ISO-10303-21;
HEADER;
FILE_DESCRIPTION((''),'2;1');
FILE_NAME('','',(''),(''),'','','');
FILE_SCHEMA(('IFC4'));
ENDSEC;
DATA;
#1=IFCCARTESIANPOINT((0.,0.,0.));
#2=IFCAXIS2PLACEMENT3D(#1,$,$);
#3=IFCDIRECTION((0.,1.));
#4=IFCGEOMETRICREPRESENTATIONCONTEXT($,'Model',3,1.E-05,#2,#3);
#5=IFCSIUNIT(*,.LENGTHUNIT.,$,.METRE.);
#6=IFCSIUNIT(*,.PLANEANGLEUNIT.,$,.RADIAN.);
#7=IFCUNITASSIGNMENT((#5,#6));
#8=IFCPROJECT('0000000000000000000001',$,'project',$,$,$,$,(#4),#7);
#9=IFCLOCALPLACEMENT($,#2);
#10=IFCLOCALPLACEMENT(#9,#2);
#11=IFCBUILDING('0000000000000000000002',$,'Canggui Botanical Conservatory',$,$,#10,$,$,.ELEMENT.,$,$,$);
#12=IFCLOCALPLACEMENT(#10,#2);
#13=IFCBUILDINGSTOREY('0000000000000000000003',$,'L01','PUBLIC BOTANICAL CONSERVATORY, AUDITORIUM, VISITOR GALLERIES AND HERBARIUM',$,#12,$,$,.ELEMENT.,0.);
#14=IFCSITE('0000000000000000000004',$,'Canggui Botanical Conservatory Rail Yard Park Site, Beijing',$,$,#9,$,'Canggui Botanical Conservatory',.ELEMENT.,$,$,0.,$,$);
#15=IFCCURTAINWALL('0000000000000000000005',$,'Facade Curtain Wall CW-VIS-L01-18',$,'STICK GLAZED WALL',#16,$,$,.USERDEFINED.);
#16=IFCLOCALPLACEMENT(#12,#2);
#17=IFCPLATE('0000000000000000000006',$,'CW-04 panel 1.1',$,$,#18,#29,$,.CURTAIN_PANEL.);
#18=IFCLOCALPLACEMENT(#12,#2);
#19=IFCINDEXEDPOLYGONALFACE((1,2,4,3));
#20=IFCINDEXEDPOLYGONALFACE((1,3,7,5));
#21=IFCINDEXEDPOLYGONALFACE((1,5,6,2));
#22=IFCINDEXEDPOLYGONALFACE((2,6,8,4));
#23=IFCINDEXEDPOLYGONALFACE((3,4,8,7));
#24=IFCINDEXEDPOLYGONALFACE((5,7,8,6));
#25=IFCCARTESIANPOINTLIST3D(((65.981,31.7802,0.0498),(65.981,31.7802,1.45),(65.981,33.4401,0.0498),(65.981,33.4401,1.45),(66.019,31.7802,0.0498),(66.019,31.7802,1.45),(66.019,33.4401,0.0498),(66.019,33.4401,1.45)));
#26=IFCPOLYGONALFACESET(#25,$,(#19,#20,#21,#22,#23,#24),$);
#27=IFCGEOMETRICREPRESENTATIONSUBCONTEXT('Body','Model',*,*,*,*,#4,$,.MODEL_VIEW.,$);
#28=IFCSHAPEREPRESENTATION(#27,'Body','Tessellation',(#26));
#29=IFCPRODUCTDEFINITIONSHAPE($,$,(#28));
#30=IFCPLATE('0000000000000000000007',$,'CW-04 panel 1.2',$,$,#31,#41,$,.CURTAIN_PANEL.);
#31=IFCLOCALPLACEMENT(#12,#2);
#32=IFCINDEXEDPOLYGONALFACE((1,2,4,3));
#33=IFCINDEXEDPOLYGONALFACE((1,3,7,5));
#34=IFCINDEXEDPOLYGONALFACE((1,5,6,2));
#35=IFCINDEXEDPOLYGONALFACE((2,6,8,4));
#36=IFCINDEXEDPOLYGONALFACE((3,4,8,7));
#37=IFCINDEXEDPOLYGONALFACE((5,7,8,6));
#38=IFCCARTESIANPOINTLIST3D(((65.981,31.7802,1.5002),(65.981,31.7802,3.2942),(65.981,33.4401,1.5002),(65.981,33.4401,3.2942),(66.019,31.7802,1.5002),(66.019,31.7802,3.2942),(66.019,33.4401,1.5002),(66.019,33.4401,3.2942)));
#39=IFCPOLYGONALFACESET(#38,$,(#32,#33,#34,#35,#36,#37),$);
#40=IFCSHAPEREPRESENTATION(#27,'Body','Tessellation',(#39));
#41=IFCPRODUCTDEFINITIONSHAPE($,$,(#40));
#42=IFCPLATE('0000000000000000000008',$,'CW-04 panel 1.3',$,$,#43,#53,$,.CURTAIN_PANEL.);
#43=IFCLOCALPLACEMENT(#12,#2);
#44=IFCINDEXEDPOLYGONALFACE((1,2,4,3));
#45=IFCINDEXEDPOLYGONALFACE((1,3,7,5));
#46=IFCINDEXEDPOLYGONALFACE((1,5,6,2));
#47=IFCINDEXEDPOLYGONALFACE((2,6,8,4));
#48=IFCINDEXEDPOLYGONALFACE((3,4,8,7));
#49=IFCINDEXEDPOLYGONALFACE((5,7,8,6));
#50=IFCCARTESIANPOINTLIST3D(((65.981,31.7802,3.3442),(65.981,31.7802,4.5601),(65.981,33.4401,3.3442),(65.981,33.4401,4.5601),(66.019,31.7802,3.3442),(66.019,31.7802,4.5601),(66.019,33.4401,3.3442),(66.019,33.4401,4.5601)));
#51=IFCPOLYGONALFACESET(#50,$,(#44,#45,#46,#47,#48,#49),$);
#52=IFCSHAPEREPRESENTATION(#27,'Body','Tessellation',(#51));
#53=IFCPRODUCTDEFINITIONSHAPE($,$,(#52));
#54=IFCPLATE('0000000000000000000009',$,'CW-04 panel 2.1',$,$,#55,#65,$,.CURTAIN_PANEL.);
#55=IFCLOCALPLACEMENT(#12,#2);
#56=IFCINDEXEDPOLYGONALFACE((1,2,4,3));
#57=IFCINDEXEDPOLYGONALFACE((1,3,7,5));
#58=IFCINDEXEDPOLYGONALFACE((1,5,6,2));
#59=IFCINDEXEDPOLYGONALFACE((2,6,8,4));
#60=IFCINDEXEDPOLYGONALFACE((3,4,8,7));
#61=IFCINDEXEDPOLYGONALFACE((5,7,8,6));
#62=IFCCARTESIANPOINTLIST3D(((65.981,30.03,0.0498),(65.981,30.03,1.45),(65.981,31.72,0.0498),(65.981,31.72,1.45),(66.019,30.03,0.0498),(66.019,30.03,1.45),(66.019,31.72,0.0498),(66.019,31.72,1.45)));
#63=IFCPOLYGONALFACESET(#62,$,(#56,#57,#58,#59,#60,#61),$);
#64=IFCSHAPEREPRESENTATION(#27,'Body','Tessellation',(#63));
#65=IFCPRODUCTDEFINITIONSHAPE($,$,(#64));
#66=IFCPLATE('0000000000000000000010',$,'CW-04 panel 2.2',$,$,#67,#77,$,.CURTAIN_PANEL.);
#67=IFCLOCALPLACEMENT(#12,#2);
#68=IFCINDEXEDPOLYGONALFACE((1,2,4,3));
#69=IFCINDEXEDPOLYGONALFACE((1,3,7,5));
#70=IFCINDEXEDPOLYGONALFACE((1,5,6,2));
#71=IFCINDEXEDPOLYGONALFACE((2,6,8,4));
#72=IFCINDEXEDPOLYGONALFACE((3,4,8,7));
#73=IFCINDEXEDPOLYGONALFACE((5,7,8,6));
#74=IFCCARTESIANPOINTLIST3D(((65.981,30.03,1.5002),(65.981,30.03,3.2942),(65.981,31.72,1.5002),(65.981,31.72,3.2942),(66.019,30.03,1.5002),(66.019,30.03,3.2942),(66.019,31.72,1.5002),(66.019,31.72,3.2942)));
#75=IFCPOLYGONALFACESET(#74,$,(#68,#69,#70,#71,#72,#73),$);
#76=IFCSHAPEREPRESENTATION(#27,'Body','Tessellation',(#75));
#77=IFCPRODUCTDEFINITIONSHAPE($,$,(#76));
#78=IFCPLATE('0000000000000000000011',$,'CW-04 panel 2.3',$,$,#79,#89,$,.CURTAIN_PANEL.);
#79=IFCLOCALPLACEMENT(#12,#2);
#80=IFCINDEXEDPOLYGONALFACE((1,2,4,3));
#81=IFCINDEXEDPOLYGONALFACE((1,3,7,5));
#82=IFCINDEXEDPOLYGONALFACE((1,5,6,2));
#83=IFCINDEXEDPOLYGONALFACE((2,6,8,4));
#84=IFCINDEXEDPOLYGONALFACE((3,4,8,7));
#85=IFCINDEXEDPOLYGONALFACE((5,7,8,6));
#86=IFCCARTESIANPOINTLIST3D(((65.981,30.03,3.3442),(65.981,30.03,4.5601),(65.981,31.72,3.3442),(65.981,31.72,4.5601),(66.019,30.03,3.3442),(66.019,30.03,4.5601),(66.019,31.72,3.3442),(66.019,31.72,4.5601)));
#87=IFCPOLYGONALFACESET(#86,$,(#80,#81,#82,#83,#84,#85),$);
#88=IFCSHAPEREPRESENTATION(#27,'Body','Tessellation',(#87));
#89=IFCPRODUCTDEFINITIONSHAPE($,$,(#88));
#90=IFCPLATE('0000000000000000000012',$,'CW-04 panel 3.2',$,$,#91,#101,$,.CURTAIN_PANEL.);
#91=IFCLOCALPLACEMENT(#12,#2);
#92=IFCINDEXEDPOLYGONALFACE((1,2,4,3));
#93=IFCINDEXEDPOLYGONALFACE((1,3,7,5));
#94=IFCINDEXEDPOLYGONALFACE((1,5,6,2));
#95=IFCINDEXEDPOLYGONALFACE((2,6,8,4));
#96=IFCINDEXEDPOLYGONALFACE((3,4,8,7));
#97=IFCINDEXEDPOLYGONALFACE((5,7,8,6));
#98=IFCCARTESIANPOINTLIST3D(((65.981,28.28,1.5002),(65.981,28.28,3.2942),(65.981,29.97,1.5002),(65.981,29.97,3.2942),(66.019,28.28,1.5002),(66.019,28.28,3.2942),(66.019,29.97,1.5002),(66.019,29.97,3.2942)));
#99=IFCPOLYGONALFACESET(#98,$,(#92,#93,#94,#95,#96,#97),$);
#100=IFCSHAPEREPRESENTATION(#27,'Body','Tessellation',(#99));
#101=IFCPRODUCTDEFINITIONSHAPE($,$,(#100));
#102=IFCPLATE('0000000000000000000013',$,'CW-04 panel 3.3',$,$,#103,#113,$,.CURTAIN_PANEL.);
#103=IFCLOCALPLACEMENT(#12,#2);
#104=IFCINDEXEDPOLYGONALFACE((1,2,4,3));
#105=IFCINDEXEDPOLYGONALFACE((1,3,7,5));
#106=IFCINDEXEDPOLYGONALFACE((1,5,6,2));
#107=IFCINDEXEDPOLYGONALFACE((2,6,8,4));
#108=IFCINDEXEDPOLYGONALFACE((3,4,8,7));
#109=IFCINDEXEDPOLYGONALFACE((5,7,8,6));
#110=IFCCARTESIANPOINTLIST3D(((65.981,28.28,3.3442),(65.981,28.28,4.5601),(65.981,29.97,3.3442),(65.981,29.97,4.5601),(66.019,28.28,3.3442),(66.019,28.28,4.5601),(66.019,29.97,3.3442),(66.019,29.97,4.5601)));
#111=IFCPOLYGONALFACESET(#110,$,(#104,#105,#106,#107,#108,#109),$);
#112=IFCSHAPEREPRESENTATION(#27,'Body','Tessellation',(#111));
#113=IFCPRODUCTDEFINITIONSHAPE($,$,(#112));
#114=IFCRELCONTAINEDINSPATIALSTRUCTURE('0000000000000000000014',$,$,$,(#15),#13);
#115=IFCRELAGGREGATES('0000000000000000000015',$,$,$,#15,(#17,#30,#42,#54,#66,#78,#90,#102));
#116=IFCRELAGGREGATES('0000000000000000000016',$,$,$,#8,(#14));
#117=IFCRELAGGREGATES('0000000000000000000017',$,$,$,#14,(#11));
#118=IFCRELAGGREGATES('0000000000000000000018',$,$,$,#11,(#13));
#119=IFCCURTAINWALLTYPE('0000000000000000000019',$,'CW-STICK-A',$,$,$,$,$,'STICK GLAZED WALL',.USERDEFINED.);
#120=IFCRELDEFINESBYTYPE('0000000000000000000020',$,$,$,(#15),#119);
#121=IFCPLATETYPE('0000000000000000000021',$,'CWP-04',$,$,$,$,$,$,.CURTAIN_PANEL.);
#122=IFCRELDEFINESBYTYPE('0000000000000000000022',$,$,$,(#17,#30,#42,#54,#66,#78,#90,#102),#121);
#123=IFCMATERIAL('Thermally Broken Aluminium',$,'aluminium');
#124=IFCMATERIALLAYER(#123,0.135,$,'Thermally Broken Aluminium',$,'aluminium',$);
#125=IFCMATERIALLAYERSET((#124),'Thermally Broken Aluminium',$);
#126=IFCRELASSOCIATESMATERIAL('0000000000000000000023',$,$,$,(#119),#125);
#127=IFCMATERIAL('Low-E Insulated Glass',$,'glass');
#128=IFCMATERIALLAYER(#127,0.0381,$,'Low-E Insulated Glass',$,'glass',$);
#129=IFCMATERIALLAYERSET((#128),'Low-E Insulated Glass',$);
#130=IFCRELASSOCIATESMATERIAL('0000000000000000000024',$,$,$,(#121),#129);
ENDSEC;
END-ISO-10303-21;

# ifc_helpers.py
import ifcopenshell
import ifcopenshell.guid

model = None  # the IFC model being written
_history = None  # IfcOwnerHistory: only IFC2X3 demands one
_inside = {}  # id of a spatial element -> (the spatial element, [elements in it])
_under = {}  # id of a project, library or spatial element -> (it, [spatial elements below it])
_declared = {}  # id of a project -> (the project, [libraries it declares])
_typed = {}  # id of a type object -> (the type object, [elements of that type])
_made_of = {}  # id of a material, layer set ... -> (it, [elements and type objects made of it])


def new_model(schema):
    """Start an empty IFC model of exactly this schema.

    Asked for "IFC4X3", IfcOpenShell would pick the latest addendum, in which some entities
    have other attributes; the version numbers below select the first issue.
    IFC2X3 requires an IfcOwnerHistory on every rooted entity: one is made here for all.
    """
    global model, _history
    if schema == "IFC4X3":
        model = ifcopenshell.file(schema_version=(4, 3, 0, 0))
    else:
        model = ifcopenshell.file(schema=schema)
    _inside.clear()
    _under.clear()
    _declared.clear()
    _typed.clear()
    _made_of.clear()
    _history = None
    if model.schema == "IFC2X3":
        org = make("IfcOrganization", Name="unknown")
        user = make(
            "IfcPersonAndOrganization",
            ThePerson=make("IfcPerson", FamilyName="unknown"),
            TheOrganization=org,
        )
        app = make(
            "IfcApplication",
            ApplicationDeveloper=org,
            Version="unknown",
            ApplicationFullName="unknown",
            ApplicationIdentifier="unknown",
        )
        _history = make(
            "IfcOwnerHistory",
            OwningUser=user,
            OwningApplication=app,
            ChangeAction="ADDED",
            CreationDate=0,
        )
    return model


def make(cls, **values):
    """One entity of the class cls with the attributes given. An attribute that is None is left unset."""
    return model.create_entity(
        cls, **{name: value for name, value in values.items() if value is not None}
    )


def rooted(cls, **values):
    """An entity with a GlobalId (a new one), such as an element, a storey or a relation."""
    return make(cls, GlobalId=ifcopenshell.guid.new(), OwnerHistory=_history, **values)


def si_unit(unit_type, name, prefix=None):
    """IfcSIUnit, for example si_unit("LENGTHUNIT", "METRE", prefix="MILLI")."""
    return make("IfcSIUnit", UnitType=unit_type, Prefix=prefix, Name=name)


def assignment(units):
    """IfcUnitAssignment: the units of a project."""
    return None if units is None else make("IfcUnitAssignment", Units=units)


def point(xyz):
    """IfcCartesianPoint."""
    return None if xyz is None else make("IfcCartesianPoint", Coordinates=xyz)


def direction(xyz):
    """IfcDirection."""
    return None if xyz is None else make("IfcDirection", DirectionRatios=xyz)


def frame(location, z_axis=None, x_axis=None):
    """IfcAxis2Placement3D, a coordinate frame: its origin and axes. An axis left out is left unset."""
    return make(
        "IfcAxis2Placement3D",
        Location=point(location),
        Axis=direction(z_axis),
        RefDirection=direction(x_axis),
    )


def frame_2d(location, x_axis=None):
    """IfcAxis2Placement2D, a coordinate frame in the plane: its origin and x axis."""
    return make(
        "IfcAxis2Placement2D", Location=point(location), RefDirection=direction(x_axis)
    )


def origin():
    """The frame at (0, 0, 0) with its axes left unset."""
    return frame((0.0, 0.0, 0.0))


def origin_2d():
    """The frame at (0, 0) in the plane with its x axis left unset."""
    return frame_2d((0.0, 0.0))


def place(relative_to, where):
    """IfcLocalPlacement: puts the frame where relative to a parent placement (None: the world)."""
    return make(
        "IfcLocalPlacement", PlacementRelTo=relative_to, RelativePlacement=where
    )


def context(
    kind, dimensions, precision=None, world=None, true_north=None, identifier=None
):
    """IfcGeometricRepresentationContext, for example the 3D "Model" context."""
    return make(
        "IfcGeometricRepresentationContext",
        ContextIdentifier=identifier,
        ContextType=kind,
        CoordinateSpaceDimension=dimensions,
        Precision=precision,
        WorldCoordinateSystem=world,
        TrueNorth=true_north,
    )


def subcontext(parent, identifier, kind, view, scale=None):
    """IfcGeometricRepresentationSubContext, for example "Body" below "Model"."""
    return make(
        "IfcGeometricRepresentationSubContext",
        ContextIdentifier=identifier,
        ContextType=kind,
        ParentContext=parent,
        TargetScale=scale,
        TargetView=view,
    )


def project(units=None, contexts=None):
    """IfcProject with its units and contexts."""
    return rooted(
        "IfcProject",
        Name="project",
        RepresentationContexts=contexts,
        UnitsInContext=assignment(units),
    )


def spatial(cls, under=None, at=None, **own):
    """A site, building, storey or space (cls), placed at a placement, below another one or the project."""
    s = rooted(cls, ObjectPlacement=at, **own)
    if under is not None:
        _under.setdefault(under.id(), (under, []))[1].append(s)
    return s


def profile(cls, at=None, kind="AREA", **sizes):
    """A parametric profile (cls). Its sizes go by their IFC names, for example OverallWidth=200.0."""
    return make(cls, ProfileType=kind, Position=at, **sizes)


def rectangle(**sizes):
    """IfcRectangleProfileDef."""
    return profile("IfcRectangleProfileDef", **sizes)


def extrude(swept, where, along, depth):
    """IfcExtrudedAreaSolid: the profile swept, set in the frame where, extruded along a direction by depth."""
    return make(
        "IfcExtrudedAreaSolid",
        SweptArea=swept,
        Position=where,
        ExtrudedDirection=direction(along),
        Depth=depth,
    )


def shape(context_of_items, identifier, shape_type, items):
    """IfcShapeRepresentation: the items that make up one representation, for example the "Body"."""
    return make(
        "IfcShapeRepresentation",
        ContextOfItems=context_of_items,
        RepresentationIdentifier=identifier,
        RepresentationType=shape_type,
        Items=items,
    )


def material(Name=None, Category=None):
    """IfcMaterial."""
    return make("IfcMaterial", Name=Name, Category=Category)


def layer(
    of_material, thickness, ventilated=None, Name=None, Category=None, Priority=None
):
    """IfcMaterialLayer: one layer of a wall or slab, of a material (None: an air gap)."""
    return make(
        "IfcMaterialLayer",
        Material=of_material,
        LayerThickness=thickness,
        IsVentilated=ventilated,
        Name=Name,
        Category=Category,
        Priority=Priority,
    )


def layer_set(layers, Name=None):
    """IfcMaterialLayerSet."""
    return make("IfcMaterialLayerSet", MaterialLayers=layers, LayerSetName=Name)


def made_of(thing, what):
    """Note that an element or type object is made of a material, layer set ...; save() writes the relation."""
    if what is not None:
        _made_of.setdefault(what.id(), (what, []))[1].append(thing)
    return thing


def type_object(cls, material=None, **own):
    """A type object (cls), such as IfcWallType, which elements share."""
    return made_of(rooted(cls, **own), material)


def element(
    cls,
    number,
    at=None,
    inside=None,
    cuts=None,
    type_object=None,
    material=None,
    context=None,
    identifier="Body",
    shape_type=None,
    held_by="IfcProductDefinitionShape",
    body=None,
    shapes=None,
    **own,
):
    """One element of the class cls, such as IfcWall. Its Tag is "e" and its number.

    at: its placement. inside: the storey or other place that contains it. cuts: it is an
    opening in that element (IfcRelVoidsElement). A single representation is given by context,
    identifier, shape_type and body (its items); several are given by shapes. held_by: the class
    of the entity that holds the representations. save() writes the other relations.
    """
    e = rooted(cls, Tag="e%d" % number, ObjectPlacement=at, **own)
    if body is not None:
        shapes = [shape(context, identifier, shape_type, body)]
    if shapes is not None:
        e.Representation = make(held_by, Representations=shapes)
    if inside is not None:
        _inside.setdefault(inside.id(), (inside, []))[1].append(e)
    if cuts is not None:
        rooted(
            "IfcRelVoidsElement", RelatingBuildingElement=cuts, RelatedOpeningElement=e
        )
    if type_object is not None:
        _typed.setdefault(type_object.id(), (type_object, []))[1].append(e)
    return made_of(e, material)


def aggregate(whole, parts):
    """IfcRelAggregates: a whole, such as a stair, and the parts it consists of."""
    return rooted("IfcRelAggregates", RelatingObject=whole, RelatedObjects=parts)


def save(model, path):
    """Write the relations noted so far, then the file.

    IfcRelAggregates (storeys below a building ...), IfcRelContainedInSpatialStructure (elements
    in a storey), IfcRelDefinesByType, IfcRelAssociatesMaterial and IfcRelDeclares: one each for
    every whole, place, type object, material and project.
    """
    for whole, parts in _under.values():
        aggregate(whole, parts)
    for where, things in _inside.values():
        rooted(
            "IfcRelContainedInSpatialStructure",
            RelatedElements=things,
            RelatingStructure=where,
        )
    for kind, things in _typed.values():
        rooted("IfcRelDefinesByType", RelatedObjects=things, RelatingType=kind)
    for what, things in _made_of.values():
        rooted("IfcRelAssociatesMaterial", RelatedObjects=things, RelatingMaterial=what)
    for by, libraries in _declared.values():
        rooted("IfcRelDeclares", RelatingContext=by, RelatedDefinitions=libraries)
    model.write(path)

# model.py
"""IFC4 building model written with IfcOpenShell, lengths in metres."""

from ifc_helpers import new_model, si_unit, direction, frame, origin, origin_2d, place, context, subcontext, project, spatial, rectangle, extrude, material, layer, layer_set, type_object, element, aggregate, save


model = new_model("IFC4")

# Units and contexts
model_context = context("Model", 3, precision=1e-05, world=origin(), true_north=direction((0.0, 1.0)))
body_context = subcontext(model_context, "Body", "Model", "MODEL_VIEW")
ifc_project = project(units=[si_unit("LENGTHUNIT", "METRE"), si_unit("PLANEANGLEUNIT", "RADIAN")], contexts=[model_context])

# Site, building, storey
site_placement = place(None, origin())
site = spatial("IfcSite", under=ifc_project, at=site_placement, Name="Canggui Botanical Conservatory Rail Yard Park Site, Beijing", LongName="Canggui Botanical Conservatory", CompositionType="ELEMENT", RefElevation=0.0)
building_placement = place(site_placement, origin())
building = spatial("IfcBuilding", under=site, at=building_placement, Name="Canggui Botanical Conservatory", CompositionType="ELEMENT")
storey_placement = place(building_placement, origin())
storey = spatial("IfcBuildingStorey", under=building, at=storey_placement, Name="L01", Description="PUBLIC BOTANICAL CONSERVATORY, AUDITORIUM, VISITOR GALLERIES AND HERBARIUM", CompositionType="ELEMENT", Elevation=0.0)

# Curtain wall, plates
ifc_material_1 = material(Name="Thermally Broken Aluminium", Category="aluminium")
ifc_layer_1 = layer(ifc_material_1, 0.135, Name="Thermally Broken Aluminium", Category="aluminium")
ifc_layer_set_1 = layer_set([ifc_layer_1], Name="Thermally Broken Aluminium")
curtain_wall_type = type_object("IfcCurtainWallType", Name="CW-STICK-A", ElementType="STICK GLAZED WALL", PredefinedType="USERDEFINED", material=ifc_layer_set_1)
curtain_wall_placement = place(storey_placement, origin())
curtain_wall = element("IfcCurtainWall", 1, at=curtain_wall_placement, inside=storey, type_object=curtain_wall_type, Name="Facade Curtain Wall CW-VIS-L01-18", ObjectType="STICK GLAZED WALL", PredefinedType="USERDEFINED")
ifc_material_2 = material(Name="Low-E Insulated Glass", Category="glass")
ifc_layer_2 = layer(ifc_material_2, 0.0381, Name="Low-E Insulated Glass", Category="glass")
ifc_layer_set_2 = layer_set([ifc_layer_2], Name="Low-E Insulated Glass")
plate_type = type_object("IfcPlateType", Name="CWP-04", PredefinedType="CURTAIN_PANEL", material=ifc_layer_set_2)
plate_1_placement = place(storey_placement, frame((66.0, 32.6101, 0.0498), z_axis=(0.0, 0.0, 1.0), x_axis=(0.0, -1.0, 0.0)))
plate_1 = element("IfcPlate", 2, at=plate_1_placement, type_object=plate_type, Name="CW-04 panel 1.1", PredefinedType="CURTAIN_PANEL", context=body_context, shape_type="SweptSolid", body=[
    extrude(rectangle(XDim=1.6599, YDim=0.0381, at=origin_2d()), origin(), (0.0, 0.0, 1.0), 1.4001),
])
plate_2_placement = place(storey_placement, frame((66.0, 32.6101, 1.5002), z_axis=(0.0, 0.0, 1.0), x_axis=(0.0, -1.0, 0.0)))
plate_2 = element("IfcPlate", 3, at=plate_2_placement, type_object=plate_type, Name="CW-04 panel 1.2", PredefinedType="CURTAIN_PANEL", context=body_context, shape_type="SweptSolid", body=[
    extrude(rectangle(XDim=1.6599, YDim=0.0381, at=origin_2d()), origin(), (0.0, 0.0, 1.0), 1.7939),
])
plate_3_placement = place(storey_placement, frame((66.0, 32.6101, 3.3442), z_axis=(0.0, 0.0, 1.0), x_axis=(0.0, -1.0, 0.0)))
plate_3 = element("IfcPlate", 4, at=plate_3_placement, type_object=plate_type, Name="CW-04 panel 1.3", PredefinedType="CURTAIN_PANEL", context=body_context, shape_type="SweptSolid", body=[
    extrude(rectangle(XDim=1.6599, YDim=0.0381, at=origin_2d()), origin(), (0.0, 0.0, 1.0), 1.2158),
])
plate_4_placement = place(storey_placement, frame((66.0, 30.875, 0.0498), z_axis=(0.0, 0.0, 1.0), x_axis=(0.0, -1.0, 0.0)))
plate_4 = element("IfcPlate", 5, at=plate_4_placement, type_object=plate_type, Name="CW-04 panel 2.1", PredefinedType="CURTAIN_PANEL", context=body_context, shape_type="SweptSolid", body=[
    extrude(rectangle(XDim=1.6899, YDim=0.0381, at=origin_2d()), origin(), (0.0, 0.0, 1.0), 1.4001),
])
plate_5_placement = place(storey_placement, frame((66.0, 30.875, 1.5002), z_axis=(0.0, 0.0, 1.0), x_axis=(0.0, -1.0, 0.0)))
plate_5 = element("IfcPlate", 6, at=plate_5_placement, type_object=plate_type, Name="CW-04 panel 2.2", PredefinedType="CURTAIN_PANEL", context=body_context, shape_type="SweptSolid", body=[
    extrude(rectangle(XDim=1.6899, YDim=0.0381, at=origin_2d()), origin(), (0.0, 0.0, 1.0), 1.7939),
])
plate_6_placement = place(storey_placement, frame((66.0, 30.875, 3.3442), z_axis=(0.0, 0.0, 1.0), x_axis=(0.0, -1.0, 0.0)))
plate_6 = element("IfcPlate", 7, at=plate_6_placement, type_object=plate_type, Name="CW-04 panel 2.3", PredefinedType="CURTAIN_PANEL", context=body_context, shape_type="SweptSolid", body=[
    extrude(rectangle(XDim=1.6899, YDim=0.0381, at=origin_2d()), origin(), (0.0, 0.0, 1.0), 1.2158),
])
plate_7_placement = place(storey_placement, frame((66.0, 29.125, 1.5002), z_axis=(0.0, 0.0, 1.0), x_axis=(0.0, -1.0, 0.0)))
plate_7 = element("IfcPlate", 8, at=plate_7_placement, type_object=plate_type, Name="CW-04 panel 3.2", PredefinedType="CURTAIN_PANEL", context=body_context, shape_type="SweptSolid", body=[
    extrude(rectangle(XDim=1.6899, YDim=0.0381, at=origin_2d()), origin(), (0.0, 0.0, 1.0), 1.7939),
])
plate_8_placement = place(storey_placement, frame((66.0, 29.125, 3.3442), z_axis=(0.0, 0.0, 1.0), x_axis=(0.0, -1.0, 0.0)))
plate_8 = element("IfcPlate", 9, at=plate_8_placement, type_object=plate_type, Name="CW-04 panel 3.3", PredefinedType="CURTAIN_PANEL", context=body_context, shape_type="SweptSolid", body=[
    extrude(rectangle(XDim=1.6899, YDim=0.0381, at=origin_2d()), origin(), (0.0, 0.0, 1.0), 1.2158),
])
aggregate(curtain_wall, [plate_1, plate_2, plate_3, plate_4, plate_5, plate_6, plate_7, plate_8])

save(model, "model.ifc")
